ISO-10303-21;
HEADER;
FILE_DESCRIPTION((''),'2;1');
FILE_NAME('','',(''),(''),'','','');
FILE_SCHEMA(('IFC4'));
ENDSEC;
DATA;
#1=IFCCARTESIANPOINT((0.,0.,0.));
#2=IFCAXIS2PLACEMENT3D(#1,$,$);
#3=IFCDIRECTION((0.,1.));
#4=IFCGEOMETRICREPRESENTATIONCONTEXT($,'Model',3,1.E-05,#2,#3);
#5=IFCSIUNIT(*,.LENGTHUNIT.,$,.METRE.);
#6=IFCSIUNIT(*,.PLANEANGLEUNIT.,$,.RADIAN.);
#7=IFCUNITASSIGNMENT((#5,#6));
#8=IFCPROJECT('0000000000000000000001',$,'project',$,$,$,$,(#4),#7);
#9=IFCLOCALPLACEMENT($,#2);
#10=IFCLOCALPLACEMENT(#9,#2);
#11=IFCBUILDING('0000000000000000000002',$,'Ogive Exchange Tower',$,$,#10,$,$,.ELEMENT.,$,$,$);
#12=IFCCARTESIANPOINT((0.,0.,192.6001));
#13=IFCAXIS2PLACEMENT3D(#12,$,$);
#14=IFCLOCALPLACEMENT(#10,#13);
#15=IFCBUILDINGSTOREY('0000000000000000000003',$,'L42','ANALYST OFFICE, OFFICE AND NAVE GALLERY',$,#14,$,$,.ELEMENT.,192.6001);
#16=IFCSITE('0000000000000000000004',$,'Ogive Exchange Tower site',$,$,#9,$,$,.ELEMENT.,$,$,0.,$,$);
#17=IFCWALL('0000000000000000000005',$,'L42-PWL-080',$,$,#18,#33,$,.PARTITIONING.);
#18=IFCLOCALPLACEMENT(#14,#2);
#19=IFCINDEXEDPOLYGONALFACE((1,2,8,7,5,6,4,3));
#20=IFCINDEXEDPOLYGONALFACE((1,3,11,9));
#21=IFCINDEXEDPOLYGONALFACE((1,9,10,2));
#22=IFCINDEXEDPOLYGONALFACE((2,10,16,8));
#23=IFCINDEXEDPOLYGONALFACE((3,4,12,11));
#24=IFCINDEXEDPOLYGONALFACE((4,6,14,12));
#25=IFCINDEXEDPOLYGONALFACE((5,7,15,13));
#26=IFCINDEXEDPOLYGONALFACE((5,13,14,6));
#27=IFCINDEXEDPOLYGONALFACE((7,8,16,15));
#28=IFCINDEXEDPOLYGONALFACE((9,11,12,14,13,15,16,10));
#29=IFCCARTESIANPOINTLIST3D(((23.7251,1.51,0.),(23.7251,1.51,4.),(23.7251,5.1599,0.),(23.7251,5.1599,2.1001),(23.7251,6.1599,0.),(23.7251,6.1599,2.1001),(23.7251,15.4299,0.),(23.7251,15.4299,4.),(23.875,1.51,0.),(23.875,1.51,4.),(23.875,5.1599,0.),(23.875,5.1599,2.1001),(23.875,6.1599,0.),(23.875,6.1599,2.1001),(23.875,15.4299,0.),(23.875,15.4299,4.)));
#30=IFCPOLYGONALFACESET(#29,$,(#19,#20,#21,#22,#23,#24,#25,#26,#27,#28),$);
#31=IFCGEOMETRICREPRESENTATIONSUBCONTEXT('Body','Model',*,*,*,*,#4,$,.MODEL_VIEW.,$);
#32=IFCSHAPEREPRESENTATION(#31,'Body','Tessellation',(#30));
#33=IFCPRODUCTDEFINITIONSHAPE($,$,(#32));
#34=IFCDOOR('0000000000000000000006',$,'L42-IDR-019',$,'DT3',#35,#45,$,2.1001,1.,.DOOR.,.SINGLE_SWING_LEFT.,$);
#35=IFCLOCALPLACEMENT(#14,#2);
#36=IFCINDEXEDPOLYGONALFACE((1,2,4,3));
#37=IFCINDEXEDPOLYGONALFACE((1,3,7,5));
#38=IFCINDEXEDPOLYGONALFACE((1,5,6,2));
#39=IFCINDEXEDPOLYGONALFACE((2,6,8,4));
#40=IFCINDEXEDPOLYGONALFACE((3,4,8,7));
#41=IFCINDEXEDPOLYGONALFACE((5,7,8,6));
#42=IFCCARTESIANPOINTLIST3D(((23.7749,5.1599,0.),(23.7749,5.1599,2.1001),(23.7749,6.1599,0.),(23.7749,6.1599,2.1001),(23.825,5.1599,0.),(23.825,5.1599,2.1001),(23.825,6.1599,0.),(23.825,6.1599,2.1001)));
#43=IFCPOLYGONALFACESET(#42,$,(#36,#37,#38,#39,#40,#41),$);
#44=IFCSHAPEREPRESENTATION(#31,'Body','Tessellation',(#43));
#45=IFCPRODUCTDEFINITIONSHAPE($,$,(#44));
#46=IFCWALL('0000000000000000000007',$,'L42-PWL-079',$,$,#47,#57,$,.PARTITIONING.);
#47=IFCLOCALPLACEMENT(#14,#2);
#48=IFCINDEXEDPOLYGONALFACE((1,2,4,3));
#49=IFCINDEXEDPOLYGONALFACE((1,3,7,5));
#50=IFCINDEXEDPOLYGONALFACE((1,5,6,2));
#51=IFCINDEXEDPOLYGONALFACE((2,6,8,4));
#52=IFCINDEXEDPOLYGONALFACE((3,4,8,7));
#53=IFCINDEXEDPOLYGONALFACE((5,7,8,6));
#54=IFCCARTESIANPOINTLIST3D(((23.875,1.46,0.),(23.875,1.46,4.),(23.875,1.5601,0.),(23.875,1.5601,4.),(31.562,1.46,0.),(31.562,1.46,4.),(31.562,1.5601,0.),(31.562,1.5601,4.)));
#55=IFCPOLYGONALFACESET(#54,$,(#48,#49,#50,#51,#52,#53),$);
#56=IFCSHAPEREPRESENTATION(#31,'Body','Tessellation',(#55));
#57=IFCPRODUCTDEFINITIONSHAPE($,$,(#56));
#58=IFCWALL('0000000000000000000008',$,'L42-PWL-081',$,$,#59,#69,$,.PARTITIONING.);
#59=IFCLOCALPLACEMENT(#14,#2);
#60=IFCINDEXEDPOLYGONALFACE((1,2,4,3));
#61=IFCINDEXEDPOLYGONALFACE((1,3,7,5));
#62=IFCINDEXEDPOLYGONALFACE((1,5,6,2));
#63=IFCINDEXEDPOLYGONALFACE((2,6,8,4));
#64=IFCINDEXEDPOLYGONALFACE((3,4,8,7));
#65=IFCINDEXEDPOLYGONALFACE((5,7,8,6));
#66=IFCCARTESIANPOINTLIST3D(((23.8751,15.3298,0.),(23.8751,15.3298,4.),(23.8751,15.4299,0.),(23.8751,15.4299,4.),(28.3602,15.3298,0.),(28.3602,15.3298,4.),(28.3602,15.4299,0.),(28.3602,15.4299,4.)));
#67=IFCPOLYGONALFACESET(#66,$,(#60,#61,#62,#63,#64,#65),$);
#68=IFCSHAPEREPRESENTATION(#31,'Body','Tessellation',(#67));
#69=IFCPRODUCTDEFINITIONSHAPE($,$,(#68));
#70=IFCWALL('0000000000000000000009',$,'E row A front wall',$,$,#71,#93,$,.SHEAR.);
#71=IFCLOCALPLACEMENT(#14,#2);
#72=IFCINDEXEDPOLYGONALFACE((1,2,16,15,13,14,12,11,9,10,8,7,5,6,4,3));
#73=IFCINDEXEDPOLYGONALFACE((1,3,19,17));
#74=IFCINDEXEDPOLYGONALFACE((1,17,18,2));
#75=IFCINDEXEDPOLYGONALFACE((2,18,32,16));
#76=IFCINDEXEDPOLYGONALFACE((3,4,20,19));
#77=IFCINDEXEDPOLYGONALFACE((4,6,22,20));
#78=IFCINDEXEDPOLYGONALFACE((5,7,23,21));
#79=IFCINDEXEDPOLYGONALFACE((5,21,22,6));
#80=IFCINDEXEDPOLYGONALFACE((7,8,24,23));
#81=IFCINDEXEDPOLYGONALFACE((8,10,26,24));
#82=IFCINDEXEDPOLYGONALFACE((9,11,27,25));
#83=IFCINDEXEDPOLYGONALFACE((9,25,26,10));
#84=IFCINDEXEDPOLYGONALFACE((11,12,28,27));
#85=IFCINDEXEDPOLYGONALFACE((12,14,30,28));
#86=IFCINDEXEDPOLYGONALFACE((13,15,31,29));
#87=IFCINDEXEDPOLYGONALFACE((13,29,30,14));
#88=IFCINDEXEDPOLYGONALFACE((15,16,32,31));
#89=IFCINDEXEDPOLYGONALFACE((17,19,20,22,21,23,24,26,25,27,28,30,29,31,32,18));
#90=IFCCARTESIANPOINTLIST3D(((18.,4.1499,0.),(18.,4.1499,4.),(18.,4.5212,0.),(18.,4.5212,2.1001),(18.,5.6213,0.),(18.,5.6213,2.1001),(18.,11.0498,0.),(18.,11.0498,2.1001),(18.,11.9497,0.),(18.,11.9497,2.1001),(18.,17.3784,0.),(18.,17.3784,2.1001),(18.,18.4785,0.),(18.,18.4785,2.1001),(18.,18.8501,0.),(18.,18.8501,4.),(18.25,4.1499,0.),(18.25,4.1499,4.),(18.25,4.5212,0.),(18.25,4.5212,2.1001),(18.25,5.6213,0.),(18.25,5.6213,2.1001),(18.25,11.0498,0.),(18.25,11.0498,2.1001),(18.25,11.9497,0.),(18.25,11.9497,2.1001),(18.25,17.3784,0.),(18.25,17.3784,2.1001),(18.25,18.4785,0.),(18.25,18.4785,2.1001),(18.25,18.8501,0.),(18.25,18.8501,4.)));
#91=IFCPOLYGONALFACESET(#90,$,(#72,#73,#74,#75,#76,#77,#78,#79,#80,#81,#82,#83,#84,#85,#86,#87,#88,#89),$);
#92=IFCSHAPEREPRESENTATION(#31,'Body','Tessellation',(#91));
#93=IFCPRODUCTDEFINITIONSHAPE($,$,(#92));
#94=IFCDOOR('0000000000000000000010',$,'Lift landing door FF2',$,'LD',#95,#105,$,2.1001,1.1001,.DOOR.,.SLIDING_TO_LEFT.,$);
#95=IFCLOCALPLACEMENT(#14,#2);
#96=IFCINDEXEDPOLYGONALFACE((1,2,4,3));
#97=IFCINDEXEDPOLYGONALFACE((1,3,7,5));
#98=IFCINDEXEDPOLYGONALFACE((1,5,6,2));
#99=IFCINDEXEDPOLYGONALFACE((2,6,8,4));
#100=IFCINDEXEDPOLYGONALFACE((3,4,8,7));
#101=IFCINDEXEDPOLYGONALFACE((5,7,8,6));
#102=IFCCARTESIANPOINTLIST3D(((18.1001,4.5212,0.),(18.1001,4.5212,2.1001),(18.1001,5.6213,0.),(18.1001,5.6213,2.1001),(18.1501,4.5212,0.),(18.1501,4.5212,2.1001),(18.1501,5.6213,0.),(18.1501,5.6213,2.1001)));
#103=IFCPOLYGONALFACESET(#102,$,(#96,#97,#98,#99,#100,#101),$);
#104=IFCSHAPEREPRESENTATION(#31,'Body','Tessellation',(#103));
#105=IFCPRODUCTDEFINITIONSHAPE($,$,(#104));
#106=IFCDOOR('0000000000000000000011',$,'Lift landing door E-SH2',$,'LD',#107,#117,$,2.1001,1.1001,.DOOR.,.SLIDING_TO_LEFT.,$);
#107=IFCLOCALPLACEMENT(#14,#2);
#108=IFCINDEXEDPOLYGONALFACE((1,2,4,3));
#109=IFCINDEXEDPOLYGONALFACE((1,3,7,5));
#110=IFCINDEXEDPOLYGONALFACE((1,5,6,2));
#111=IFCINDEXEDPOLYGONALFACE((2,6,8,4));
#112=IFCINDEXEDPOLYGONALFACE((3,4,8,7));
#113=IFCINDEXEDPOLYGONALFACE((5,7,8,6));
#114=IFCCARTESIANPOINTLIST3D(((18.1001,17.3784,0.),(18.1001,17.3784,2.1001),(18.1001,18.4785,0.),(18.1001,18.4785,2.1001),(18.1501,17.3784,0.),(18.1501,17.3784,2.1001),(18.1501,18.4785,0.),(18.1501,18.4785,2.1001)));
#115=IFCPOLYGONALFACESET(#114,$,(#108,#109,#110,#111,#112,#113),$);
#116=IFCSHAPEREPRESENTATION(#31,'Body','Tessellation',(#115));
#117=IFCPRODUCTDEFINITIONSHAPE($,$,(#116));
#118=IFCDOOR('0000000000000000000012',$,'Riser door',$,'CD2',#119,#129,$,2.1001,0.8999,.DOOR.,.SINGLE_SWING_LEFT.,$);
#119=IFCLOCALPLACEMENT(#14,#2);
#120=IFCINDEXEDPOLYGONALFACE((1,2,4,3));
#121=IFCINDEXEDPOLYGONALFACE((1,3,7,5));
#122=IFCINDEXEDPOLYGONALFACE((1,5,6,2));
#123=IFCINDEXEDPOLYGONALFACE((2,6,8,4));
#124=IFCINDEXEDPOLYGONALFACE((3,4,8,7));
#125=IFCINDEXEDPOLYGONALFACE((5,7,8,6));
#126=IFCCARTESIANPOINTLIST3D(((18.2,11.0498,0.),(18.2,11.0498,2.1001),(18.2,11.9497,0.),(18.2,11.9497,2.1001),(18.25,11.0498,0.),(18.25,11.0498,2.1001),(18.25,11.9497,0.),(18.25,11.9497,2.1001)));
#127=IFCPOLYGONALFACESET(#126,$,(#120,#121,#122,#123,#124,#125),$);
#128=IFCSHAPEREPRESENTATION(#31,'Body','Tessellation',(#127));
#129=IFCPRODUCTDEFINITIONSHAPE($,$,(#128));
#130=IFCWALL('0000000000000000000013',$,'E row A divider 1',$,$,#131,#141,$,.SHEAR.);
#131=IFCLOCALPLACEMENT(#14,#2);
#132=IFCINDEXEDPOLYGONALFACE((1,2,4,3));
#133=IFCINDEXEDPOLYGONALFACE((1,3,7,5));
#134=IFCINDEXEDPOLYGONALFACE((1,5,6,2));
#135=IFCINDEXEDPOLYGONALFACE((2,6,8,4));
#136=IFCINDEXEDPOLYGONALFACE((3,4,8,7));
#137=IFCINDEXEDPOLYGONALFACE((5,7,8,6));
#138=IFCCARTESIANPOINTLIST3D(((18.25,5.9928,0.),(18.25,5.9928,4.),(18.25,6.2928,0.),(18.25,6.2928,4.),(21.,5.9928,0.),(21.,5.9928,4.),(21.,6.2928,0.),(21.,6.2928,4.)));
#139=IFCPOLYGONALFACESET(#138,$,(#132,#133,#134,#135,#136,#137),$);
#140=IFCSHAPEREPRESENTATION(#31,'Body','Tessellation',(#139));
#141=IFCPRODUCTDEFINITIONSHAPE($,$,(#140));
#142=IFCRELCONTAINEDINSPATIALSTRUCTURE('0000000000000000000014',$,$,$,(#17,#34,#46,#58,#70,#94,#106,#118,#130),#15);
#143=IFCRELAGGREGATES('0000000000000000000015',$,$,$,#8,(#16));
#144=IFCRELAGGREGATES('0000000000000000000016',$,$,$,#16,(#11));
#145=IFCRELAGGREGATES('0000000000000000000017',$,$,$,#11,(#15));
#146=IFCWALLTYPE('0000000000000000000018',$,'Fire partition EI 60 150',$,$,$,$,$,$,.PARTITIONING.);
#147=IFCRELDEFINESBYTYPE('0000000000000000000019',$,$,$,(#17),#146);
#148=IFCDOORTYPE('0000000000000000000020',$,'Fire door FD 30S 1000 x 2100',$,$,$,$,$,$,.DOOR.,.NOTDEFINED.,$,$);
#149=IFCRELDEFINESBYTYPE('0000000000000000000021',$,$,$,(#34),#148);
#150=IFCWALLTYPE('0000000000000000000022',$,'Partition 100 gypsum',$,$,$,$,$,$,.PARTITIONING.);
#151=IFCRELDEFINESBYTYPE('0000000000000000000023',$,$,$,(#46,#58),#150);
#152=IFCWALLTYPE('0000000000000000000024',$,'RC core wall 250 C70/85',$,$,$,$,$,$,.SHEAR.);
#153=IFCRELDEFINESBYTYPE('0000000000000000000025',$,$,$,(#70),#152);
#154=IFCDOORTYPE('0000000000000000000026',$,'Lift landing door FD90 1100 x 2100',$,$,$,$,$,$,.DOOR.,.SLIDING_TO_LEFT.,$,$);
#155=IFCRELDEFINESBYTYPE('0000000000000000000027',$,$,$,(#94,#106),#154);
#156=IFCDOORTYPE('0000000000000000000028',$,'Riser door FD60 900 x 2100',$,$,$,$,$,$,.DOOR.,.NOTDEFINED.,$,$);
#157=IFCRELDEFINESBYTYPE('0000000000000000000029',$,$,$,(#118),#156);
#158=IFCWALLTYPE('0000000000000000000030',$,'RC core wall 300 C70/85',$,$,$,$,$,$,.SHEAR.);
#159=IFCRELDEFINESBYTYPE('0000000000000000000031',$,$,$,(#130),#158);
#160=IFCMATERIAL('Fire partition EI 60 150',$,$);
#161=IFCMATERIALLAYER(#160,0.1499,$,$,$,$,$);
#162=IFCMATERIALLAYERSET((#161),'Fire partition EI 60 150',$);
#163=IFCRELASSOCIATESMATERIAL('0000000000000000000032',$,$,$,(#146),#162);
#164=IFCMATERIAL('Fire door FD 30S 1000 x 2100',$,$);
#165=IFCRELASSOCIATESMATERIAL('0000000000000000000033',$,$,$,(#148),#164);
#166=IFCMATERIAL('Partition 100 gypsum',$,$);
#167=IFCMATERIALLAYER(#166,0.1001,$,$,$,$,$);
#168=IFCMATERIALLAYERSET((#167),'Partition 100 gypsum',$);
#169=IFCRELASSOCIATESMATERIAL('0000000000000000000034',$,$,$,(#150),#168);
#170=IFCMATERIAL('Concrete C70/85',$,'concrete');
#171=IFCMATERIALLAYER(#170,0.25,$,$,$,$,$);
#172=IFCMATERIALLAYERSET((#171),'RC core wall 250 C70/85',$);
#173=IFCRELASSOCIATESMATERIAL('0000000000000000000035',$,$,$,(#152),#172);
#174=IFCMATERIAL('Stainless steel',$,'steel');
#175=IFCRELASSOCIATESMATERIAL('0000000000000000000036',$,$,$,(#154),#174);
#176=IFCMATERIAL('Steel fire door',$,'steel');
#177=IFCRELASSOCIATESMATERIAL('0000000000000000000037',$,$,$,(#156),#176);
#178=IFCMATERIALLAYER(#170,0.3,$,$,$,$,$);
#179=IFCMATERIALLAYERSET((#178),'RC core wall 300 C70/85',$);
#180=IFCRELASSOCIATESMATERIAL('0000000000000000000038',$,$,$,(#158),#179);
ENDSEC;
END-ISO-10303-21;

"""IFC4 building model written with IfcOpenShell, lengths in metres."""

from ifc_helpers import new_model, si_unit, direction, frame, frame_2d, origin, place, context, subcontext, project, spatial, rectangle, extrude, material, layer, layer_set, type_object, element, fill, save


model = new_model("IFC4")

# Units and contexts
model_context = context("Model", 3, precision=1e-05, world=origin(), true_north=direction((0.0, 1.0)))
body_context = subcontext(model_context, "Body", "Model", "MODEL_VIEW")
ifc_project = project(units=[si_unit("LENGTHUNIT", "METRE"), si_unit("PLANEANGLEUNIT", "RADIAN")], contexts=[model_context])

# Site, building, storey
site_placement = place(None, origin())
site = spatial("IfcSite", under=ifc_project, at=site_placement, Name="Ogive Exchange Tower site", CompositionType="ELEMENT", RefElevation=0.0)
building_placement = place(site_placement, origin())
building = spatial("IfcBuilding", under=site, at=building_placement, Name="Ogive Exchange Tower", CompositionType="ELEMENT")
storey_placement = place(building_placement, frame((0.0, 0.0, 192.6001)))
storey = spatial("IfcBuildingStorey", under=building, at=storey_placement, Name="L42", Description="ANALYST OFFICE, OFFICE AND NAVE GALLERY", CompositionType="ELEMENT", Elevation=192.6001)

# Wall, opening, door
ifc_material_1 = material(Name="Fire partition EI 60 150")
ifc_layer_1 = layer(ifc_material_1, 0.1499)
ifc_layer_set_1 = layer_set([ifc_layer_1], Name="Fire partition EI 60 150")
wall_type_1 = type_object("IfcWallType", Name="Fire partition EI 60 150", PredefinedType="PARTITIONING", material=ifc_layer_set_1)
ifc_material_2 = material(Name="Fire door FD 30S 1000 x 2100")
door_type_1 = type_object("IfcDoorType", Name="Fire door FD 30S 1000 x 2100", OperationType="NOTDEFINED", PredefinedType="DOOR", material=ifc_material_2)
wall_1_placement = place(storey_placement, frame((23.8, 15.4299, 0.0), z_axis=(0.0, 0.0, 1.0), x_axis=(0.0, -1.0, 0.0)))
wall_1 = element("IfcWall", 1, at=wall_1_placement, inside=storey, type_object=wall_type_1, Name="L42-PWL-080", PredefinedType="PARTITIONING", context=body_context, shape_type="SweptSolid", body=[
    extrude(rectangle(XDim=13.9199, YDim=0.1499, at=frame_2d((6.96, 0.0))), origin(), (0.0, 0.0, 1.0), 4.0),
])
opening_1_placement = place(wall_1_placement, frame((9.27, 0.0, 0.0)))
opening_1 = element("IfcOpeningElement", 2, at=opening_1_placement, cuts=wall_1, PredefinedType="OPENING", context=body_context, shape_type="SweptSolid", body=[
    extrude(rectangle(XDim=1.0, YDim=2.1001, at=frame_2d((0.5, 1.05))), frame((0.0, 0.085, 0.0), z_axis=(0.0, -1.0, 0.0), x_axis=(1.0, 0.0, 0.0)), (0.0, 0.0, 1.0), 0.1699),
])
door_1_placement = place(opening_1_placement, origin())
door_1 = element("IfcDoor", 3, at=door_1_placement, inside=storey, type_object=door_type_1, Name="L42-IDR-019", ObjectType="DT3", OperationType="SINGLE_SWING_LEFT", OverallHeight=2.1001, OverallWidth=1.0, PredefinedType="DOOR", context=body_context, shape_type="SweptSolid", body=[
    extrude(rectangle(XDim=1.0, YDim=2.1001, at=frame_2d((0.5, 1.05))), frame((0.0, 0.0249, 0.0), z_axis=(0.0, -1.0, 0.0), x_axis=(1.0, 0.0, 0.0)), (0.0, 0.0, 1.0), 0.05),
])
fill(opening_1, door_1)

# Walls
ifc_material_3 = material(Name="Partition 100 gypsum")
ifc_layer_2 = layer(ifc_material_3, 0.1001)
ifc_layer_set_2 = layer_set([ifc_layer_2], Name="Partition 100 gypsum")
wall_type_2 = type_object("IfcWallType", Name="Partition 100 gypsum", PredefinedType="PARTITIONING", material=ifc_layer_set_2)
wall_2_placement = place(storey_placement, frame((23.875, 1.51, 0.0), z_axis=(0.0, 0.0, 1.0), x_axis=(1.0, 0.0, 0.0)))
element("IfcWall", 4, at=wall_2_placement, inside=storey, type_object=wall_type_2, Name="L42-PWL-079", PredefinedType="PARTITIONING", context=body_context, shape_type="SweptSolid", body=[
    extrude(rectangle(XDim=7.687, YDim=0.1001, at=frame_2d((3.8435, 0.0))), origin(), (0.0, 0.0, 1.0), 4.0),
])
wall_3_placement = place(storey_placement, frame((23.875, 15.3799, 0.0), z_axis=(0.0, 0.0, 1.0), x_axis=(1.0, 0.0, 0.0)))
element("IfcWall", 5, at=wall_3_placement, inside=storey, type_object=wall_type_2, Name="L42-PWL-081", PredefinedType="PARTITIONING", context=body_context, shape_type="SweptSolid", body=[
    extrude(rectangle(XDim=4.4851, YDim=0.1001, at=frame_2d((2.2427, 0.0))), origin(), (0.0, 0.0, 1.0), 4.0),
])

# Wall, openings, doors
ifc_material_4 = material(Name="Concrete C70/85", Category="concrete")
ifc_layer_3 = layer(ifc_material_4, 0.25)
ifc_layer_set_3 = layer_set([ifc_layer_3], Name="RC core wall 250 C70/85")
wall_type_3 = type_object("IfcWallType", Name="RC core wall 250 C70/85", PredefinedType="SHEAR", material=ifc_layer_set_3)
wall_4_placement = place(storey_placement, frame((18.125, 4.1499, 0.0), z_axis=(0.0, 0.0, 1.0), x_axis=(0.0, 1.0, 0.0)))
wall_4 = element("IfcWall", 6, at=wall_4_placement, inside=storey, type_object=wall_type_3, Name="E row A front wall", PredefinedType="SHEAR", context=body_context, shape_type="SweptSolid", body=[
    extrude(rectangle(XDim=14.7002, YDim=0.25, at=frame_2d((7.3501, 0.0))), origin(), (0.0, 0.0, 1.0), 4.0),
])
opening_2_placement = place(wall_4_placement, frame((6.8999, 0.0, 0.0)))
opening_2 = element("IfcOpeningElement", 7, at=opening_2_placement, cuts=wall_4, PredefinedType="OPENING", context=body_context, shape_type="SweptSolid", body=[
    extrude(rectangle(XDim=0.8999, YDim=2.1001, at=frame_2d((0.45, 1.05))), frame((0.0, 0.135, 0.0), z_axis=(0.0, -1.0, 0.0), x_axis=(1.0, 0.0, 0.0)), (0.0, 0.0, 1.0), 0.27),
])
opening_3_placement = place(wall_4_placement, frame((0.3713, 0.0, 0.0)))
opening_3 = element("IfcOpeningElement", 8, at=opening_3_placement, cuts=wall_4, PredefinedType="OPENING", context=body_context, shape_type="SweptSolid", body=[
    extrude(rectangle(XDim=1.1001, YDim=2.1001, at=frame_2d((0.55, 1.05))), frame((0.0, 0.135, 0.0), z_axis=(0.0, -1.0, 0.0), x_axis=(1.0, 0.0, 0.0)), (0.0, 0.0, 1.0), 0.27),
])
opening_4_placement = place(wall_4_placement, frame((13.2285, 0.0, 0.0)))
opening_4 = element("IfcOpeningElement", 9, at=opening_4_placement, cuts=wall_4, PredefinedType="OPENING", context=body_context, shape_type="SweptSolid", body=[
    extrude(rectangle(XDim=1.1001, YDim=2.1001, at=frame_2d((0.55, 1.05))), frame((0.0, 0.135, 0.0), z_axis=(0.0, -1.0, 0.0), x_axis=(1.0, 0.0, 0.0)), (0.0, 0.0, 1.0), 0.27),
])
ifc_material_5 = material(Name="Stainless steel", Category="steel")
door_type_2 = type_object("IfcDoorType", Name="Lift landing door FD90 1100 x 2100", OperationType="SLIDING_TO_LEFT", PredefinedType="DOOR", material=ifc_material_5)
door_2_placement = place(opening_3_placement, origin())
door_2 = element("IfcDoor", 10, at=door_2_placement, inside=storey, type_object=door_type_2, Name="Lift landing door FF2", ObjectType="LD", OperationType="SLIDING_TO_LEFT", OverallHeight=2.1001, OverallWidth=1.1001, PredefinedType="DOOR", context=body_context, shape_type="SweptSolid", body=[
    extrude(rectangle(XDim=1.1001, YDim=2.1001, at=frame_2d((0.55, 1.05))), frame((0.0, 0.0249, 0.0), z_axis=(0.0, -1.0, 0.0), x_axis=(1.0, 0.0, 0.0)), (0.0, 0.0, 1.0), 0.05),
])
fill(opening_3, door_2)
door_3_placement = place(opening_4_placement, origin())
door_3 = element("IfcDoor", 11, at=door_3_placement, inside=storey, type_object=door_type_2, Name="Lift landing door E-SH2", ObjectType="LD", OperationType="SLIDING_TO_LEFT", OverallHeight=2.1001, OverallWidth=1.1001, PredefinedType="DOOR", context=body_context, shape_type="SweptSolid", body=[
    extrude(rectangle(XDim=1.1001, YDim=2.1001, at=frame_2d((0.55, 1.05))), frame((0.0, 0.0249, 0.0), z_axis=(0.0, -1.0, 0.0), x_axis=(1.0, 0.0, 0.0)), (0.0, 0.0, 1.0), 0.05),
])
fill(opening_4, door_3)
ifc_material_6 = material(Name="Steel fire door", Category="steel")
door_type_3 = type_object("IfcDoorType", Name="Riser door FD60 900 x 2100", OperationType="NOTDEFINED", PredefinedType="DOOR", material=ifc_material_6)
door_4_placement = place(opening_2_placement, frame((0.8999, -0.2002, 0.0), z_axis=(0.0, 0.0, 1.0), x_axis=(-1.0, 0.0, 0.0)))
door_4 = element("IfcDoor", 12, at=door_4_placement, inside=storey, type_object=door_type_3, Name="Riser door", ObjectType="CD2", OperationType="SINGLE_SWING_LEFT", OverallHeight=2.1001, OverallWidth=0.8999, PredefinedType="DOOR", context=body_context, shape_type="SweptSolid", body=[
    extrude(rectangle(XDim=0.8999, YDim=2.1001, at=frame_2d((0.45, 1.05))), frame((0.0, -0.0752, 0.0), z_axis=(0.0, -1.0, 0.0), x_axis=(1.0, 0.0, 0.0)), (0.0, 0.0, 1.0), 0.05),
])
fill(opening_2, door_4)

# Wall
ifc_layer_4 = layer(ifc_material_4, 0.3)
ifc_layer_set_4 = layer_set([ifc_layer_4], Name="RC core wall 300 C70/85")
wall_type_4 = type_object("IfcWallType", Name="RC core wall 300 C70/85", PredefinedType="SHEAR", material=ifc_layer_set_4)
wall_5_placement = place(storey_placement, frame((18.25, 6.1428, 0.0), z_axis=(0.0, 0.0, 1.0), x_axis=(1.0, 0.0, 0.0)))
element("IfcWall", 13, at=wall_5_placement, inside=storey, type_object=wall_type_4, Name="E row A divider 1", PredefinedType="SHEAR", context=body_context, shape_type="SweptSolid", body=[
    extrude(rectangle(XDim=2.75, YDim=0.3, at=frame_2d((1.375, 0.0))), origin(), (0.0, 0.0, 1.0), 4.0),
])

save(model, "model.ifc")
